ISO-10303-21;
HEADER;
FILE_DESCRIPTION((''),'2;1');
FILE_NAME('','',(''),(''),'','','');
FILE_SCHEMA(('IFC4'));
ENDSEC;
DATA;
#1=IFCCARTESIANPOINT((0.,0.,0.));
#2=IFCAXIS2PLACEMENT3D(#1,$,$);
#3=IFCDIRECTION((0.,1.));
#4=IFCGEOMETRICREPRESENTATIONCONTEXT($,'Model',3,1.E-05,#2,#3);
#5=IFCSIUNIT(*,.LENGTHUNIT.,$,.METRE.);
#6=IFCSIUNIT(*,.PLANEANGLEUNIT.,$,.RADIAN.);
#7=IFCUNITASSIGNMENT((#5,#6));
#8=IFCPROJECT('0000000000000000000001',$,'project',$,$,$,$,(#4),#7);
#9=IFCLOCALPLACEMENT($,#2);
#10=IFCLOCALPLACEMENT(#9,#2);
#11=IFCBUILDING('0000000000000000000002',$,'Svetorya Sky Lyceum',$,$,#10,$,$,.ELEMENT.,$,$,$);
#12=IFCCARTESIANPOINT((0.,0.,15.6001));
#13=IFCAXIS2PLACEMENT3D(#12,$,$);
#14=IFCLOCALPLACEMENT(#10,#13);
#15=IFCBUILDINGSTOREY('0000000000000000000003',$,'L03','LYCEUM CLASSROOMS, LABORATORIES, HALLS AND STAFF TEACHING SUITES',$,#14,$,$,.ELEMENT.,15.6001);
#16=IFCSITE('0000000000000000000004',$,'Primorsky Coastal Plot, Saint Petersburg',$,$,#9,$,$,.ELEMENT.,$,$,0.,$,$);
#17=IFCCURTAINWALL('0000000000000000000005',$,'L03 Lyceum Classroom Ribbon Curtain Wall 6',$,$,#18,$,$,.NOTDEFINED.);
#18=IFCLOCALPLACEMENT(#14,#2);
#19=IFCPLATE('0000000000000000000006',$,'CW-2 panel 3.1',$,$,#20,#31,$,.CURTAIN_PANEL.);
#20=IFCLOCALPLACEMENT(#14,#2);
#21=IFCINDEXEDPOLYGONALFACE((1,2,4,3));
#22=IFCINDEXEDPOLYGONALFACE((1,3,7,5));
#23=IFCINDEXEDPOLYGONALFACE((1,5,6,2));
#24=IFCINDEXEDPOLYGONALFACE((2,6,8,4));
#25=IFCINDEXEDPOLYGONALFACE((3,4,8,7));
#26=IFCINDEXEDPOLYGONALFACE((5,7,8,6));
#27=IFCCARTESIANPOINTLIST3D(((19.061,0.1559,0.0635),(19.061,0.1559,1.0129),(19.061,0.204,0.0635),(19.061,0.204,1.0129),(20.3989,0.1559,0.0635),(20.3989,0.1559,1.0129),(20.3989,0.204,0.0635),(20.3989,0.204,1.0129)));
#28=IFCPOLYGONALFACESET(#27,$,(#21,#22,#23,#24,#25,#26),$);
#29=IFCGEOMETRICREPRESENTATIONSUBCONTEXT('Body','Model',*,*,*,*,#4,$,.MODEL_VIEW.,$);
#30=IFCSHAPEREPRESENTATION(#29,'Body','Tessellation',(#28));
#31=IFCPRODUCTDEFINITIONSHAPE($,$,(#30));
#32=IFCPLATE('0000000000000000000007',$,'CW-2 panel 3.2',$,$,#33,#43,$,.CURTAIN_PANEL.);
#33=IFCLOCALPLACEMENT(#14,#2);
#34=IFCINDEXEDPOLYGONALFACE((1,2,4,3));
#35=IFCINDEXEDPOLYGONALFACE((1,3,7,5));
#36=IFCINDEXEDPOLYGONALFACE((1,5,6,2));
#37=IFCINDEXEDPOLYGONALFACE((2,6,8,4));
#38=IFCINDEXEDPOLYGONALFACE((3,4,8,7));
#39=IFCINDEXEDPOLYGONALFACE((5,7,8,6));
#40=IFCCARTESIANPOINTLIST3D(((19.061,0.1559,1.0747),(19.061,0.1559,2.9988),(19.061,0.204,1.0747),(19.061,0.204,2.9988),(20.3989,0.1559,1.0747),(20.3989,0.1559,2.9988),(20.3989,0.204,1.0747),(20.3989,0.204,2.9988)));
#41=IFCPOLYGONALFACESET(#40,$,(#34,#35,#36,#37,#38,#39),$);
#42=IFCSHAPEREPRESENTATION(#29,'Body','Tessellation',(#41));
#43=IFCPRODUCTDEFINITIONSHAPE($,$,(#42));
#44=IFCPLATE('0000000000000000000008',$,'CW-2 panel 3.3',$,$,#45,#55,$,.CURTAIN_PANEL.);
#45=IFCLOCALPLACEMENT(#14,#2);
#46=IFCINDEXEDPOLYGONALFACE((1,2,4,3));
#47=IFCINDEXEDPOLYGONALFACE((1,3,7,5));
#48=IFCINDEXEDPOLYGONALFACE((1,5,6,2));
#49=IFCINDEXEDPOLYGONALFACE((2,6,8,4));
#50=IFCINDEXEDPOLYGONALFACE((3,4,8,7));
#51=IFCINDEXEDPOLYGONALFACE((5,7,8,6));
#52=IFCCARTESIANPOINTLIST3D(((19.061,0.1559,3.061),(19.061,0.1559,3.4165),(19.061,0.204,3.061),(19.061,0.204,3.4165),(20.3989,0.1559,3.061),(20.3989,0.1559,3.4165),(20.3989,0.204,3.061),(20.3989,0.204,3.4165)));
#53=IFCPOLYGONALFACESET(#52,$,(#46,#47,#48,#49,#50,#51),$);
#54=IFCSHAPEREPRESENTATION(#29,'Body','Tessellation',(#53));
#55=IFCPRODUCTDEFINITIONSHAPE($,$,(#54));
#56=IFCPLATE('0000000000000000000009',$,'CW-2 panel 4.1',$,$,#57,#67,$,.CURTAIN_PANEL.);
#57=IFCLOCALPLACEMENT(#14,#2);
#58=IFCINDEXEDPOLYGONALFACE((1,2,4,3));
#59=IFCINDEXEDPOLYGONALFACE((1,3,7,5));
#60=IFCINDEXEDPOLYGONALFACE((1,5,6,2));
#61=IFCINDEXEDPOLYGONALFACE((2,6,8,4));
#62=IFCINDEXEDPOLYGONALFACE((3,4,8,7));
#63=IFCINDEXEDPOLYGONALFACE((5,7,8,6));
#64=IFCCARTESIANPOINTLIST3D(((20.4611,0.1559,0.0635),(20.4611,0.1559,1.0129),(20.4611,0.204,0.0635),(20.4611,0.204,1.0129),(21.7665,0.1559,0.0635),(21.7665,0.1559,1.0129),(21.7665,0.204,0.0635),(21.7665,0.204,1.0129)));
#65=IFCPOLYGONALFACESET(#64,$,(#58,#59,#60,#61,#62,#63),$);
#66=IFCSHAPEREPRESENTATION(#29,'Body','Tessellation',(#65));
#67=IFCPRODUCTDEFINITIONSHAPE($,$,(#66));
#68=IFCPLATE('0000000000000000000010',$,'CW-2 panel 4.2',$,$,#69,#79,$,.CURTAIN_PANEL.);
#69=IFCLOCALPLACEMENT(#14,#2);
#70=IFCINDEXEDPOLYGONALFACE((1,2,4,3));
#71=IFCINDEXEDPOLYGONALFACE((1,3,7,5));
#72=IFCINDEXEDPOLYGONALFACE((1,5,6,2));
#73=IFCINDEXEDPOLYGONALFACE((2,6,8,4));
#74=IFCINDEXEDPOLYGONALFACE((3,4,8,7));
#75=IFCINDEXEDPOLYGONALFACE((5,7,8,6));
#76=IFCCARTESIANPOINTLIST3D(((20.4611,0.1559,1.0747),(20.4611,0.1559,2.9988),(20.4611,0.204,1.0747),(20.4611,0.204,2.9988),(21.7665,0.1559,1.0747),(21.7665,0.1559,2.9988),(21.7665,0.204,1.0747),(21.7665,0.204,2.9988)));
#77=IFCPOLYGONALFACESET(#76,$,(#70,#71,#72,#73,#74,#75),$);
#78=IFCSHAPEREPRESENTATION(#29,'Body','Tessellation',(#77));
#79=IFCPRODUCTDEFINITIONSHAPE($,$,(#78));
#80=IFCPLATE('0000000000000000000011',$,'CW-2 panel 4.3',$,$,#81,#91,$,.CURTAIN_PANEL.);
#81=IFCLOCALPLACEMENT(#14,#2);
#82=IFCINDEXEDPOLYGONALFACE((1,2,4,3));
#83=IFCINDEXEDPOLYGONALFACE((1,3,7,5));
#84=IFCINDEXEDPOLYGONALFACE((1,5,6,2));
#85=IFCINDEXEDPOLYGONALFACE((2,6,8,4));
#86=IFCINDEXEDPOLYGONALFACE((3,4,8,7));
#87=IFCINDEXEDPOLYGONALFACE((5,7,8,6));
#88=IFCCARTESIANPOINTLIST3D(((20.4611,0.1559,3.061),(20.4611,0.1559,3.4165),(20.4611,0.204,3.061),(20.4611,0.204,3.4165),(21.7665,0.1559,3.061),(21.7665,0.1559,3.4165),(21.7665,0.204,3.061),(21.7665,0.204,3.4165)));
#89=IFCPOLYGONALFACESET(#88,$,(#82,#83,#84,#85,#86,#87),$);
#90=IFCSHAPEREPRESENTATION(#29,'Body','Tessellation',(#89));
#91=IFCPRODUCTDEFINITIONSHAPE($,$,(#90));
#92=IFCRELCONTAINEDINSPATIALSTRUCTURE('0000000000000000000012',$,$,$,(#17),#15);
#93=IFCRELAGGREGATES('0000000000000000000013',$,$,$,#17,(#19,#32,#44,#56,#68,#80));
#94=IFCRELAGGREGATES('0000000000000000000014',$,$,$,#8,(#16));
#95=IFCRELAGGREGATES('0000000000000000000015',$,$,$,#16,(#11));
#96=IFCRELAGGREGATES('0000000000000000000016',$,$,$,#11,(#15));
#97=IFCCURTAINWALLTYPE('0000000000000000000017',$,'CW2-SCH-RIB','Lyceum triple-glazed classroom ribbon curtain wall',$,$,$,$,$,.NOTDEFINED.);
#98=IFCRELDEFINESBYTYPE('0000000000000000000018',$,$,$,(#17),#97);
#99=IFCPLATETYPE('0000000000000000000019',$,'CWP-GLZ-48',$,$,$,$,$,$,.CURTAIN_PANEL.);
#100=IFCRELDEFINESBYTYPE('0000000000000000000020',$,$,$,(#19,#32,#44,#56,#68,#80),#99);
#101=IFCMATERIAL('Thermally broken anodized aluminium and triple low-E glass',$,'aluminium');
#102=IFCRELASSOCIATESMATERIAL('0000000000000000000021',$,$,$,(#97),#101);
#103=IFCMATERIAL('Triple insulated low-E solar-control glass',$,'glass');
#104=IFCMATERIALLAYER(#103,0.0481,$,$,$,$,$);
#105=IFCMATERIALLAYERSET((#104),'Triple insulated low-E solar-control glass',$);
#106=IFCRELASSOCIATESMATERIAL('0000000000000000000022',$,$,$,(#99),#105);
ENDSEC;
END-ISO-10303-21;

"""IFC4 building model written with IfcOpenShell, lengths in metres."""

from ifc_helpers import new_model, si_unit, direction, frame, origin, origin_2d, place, context, subcontext, project, spatial, rectangle, extrude, material, layer, layer_set, type_object, element, aggregate, save


model = new_model("IFC4")

# Units and contexts
model_context = context("Model", 3, precision=1e-05, world=origin(), true_north=direction((0.0, 1.0)))
body_context = subcontext(model_context, "Body", "Model", "MODEL_VIEW")
ifc_project = project(units=[si_unit("LENGTHUNIT", "METRE"), si_unit("PLANEANGLEUNIT", "RADIAN")], contexts=[model_context])

# Site, building, storey
site_placement = place(None, origin())
site = spatial("IfcSite", under=ifc_project, at=site_placement, Name="Primorsky Coastal Plot, Saint Petersburg", CompositionType="ELEMENT", RefElevation=0.0)
building_placement = place(site_placement, origin())
building = spatial("IfcBuilding", under=site, at=building_placement, Name="Svetorya Sky Lyceum", CompositionType="ELEMENT")
storey_placement = place(building_placement, frame((0.0, 0.0, 15.6001)))
storey = spatial("IfcBuildingStorey", under=building, at=storey_placement, Name="L03", Description="LYCEUM CLASSROOMS, LABORATORIES, HALLS AND STAFF TEACHING SUITES", CompositionType="ELEMENT", Elevation=15.6001)

# Curtain wall, plates
ifc_material_1 = material(Name="Thermally broken anodized aluminium and triple low-E glass", Category="aluminium")
curtain_wall_type = type_object("IfcCurtainWallType", Name="CW2-SCH-RIB", Description="Lyceum triple-glazed classroom ribbon curtain wall", PredefinedType="NOTDEFINED", material=ifc_material_1)
curtain_wall_placement = place(storey_placement, origin())
curtain_wall = element("IfcCurtainWall", 1, at=curtain_wall_placement, inside=storey, type_object=curtain_wall_type, Name="L03 Lyceum Classroom Ribbon Curtain Wall 6", PredefinedType="NOTDEFINED")
ifc_material_2 = material(Name="Triple insulated low-E solar-control glass", Category="glass")
ifc_layer = layer(ifc_material_2, 0.0481)
ifc_layer_set = layer_set([ifc_layer], Name="Triple insulated low-E solar-control glass")
plate_type = type_object("IfcPlateType", Name="CWP-GLZ-48", PredefinedType="CURTAIN_PANEL", material=ifc_layer_set)
plate_1_placement = place(storey_placement, frame((19.73, 0.1799, 0.0635), z_axis=(0.0, 0.0, 1.0), x_axis=(1.0, 0.0, 0.0)))
plate_1 = element("IfcPlate", 2, at=plate_1_placement, type_object=plate_type, Name="CW-2 panel 3.1", PredefinedType="CURTAIN_PANEL", context=body_context, shape_type="SweptSolid", body=[
    extrude(rectangle(XDim=1.3379, YDim=0.0481, at=origin_2d()), origin(), (0.0, 0.0, 1.0), 0.9495),
])
plate_2_placement = place(storey_placement, frame((19.73, 0.1799, 1.0747), z_axis=(0.0, 0.0, 1.0), x_axis=(1.0, 0.0, 0.0)))
plate_2 = element("IfcPlate", 3, at=plate_2_placement, type_object=plate_type, Name="CW-2 panel 3.2", PredefinedType="CURTAIN_PANEL", context=body_context, shape_type="SweptSolid", body=[
    extrude(rectangle(XDim=1.3379, YDim=0.0481, at=origin_2d()), origin(), (0.0, 0.0, 1.0), 1.9241),
])
plate_3_placement = place(storey_placement, frame((19.73, 0.1799, 3.061), z_axis=(0.0, 0.0, 1.0), x_axis=(1.0, 0.0, 0.0)))
plate_3 = element("IfcPlate", 4, at=plate_3_placement, type_object=plate_type, Name="CW-2 panel 3.3", PredefinedType="CURTAIN_PANEL", context=body_context, shape_type="SweptSolid", body=[
    extrude(rectangle(XDim=1.3379, YDim=0.0481, at=origin_2d()), origin(), (0.0, 0.0, 1.0), 0.3555),
])
plate_4_placement = place(storey_placement, frame((21.1138, 0.1799, 0.0635), z_axis=(0.0, 0.0, 1.0), x_axis=(1.0, 0.0, 0.0)))
plate_4 = element("IfcPlate", 5, at=plate_4_placement, type_object=plate_type, Name="CW-2 panel 4.1", PredefinedType="CURTAIN_PANEL", context=body_context, shape_type="SweptSolid", body=[
    extrude(rectangle(XDim=1.3054, YDim=0.0481, at=origin_2d()), origin(), (0.0, 0.0, 1.0), 0.9495),
])
plate_5_placement = place(storey_placement, frame((21.1138, 0.1799, 1.0747), z_axis=(0.0, 0.0, 1.0), x_axis=(1.0, 0.0, 0.0)))
plate_5 = element("IfcPlate", 6, at=plate_5_placement, type_object=plate_type, Name="CW-2 panel 4.2", PredefinedType="CURTAIN_PANEL", context=body_context, shape_type="SweptSolid", body=[
    extrude(rectangle(XDim=1.3054, YDim=0.0481, at=origin_2d()), origin(), (0.0, 0.0, 1.0), 1.9241),
])
plate_6_placement = place(storey_placement, frame((21.1138, 0.1799, 3.061), z_axis=(0.0, 0.0, 1.0), x_axis=(1.0, 0.0, 0.0)))
plate_6 = element("IfcPlate", 7, at=plate_6_placement, type_object=plate_type, Name="CW-2 panel 4.3", PredefinedType="CURTAIN_PANEL", context=body_context, shape_type="SweptSolid", body=[
    extrude(rectangle(XDim=1.3054, YDim=0.0481, at=origin_2d()), origin(), (0.0, 0.0, 1.0), 0.3555),
])
aggregate(curtain_wall, [plate_1, plate_2, plate_3, plate_4, plate_5, plate_6])

save(model, "model.ifc")
